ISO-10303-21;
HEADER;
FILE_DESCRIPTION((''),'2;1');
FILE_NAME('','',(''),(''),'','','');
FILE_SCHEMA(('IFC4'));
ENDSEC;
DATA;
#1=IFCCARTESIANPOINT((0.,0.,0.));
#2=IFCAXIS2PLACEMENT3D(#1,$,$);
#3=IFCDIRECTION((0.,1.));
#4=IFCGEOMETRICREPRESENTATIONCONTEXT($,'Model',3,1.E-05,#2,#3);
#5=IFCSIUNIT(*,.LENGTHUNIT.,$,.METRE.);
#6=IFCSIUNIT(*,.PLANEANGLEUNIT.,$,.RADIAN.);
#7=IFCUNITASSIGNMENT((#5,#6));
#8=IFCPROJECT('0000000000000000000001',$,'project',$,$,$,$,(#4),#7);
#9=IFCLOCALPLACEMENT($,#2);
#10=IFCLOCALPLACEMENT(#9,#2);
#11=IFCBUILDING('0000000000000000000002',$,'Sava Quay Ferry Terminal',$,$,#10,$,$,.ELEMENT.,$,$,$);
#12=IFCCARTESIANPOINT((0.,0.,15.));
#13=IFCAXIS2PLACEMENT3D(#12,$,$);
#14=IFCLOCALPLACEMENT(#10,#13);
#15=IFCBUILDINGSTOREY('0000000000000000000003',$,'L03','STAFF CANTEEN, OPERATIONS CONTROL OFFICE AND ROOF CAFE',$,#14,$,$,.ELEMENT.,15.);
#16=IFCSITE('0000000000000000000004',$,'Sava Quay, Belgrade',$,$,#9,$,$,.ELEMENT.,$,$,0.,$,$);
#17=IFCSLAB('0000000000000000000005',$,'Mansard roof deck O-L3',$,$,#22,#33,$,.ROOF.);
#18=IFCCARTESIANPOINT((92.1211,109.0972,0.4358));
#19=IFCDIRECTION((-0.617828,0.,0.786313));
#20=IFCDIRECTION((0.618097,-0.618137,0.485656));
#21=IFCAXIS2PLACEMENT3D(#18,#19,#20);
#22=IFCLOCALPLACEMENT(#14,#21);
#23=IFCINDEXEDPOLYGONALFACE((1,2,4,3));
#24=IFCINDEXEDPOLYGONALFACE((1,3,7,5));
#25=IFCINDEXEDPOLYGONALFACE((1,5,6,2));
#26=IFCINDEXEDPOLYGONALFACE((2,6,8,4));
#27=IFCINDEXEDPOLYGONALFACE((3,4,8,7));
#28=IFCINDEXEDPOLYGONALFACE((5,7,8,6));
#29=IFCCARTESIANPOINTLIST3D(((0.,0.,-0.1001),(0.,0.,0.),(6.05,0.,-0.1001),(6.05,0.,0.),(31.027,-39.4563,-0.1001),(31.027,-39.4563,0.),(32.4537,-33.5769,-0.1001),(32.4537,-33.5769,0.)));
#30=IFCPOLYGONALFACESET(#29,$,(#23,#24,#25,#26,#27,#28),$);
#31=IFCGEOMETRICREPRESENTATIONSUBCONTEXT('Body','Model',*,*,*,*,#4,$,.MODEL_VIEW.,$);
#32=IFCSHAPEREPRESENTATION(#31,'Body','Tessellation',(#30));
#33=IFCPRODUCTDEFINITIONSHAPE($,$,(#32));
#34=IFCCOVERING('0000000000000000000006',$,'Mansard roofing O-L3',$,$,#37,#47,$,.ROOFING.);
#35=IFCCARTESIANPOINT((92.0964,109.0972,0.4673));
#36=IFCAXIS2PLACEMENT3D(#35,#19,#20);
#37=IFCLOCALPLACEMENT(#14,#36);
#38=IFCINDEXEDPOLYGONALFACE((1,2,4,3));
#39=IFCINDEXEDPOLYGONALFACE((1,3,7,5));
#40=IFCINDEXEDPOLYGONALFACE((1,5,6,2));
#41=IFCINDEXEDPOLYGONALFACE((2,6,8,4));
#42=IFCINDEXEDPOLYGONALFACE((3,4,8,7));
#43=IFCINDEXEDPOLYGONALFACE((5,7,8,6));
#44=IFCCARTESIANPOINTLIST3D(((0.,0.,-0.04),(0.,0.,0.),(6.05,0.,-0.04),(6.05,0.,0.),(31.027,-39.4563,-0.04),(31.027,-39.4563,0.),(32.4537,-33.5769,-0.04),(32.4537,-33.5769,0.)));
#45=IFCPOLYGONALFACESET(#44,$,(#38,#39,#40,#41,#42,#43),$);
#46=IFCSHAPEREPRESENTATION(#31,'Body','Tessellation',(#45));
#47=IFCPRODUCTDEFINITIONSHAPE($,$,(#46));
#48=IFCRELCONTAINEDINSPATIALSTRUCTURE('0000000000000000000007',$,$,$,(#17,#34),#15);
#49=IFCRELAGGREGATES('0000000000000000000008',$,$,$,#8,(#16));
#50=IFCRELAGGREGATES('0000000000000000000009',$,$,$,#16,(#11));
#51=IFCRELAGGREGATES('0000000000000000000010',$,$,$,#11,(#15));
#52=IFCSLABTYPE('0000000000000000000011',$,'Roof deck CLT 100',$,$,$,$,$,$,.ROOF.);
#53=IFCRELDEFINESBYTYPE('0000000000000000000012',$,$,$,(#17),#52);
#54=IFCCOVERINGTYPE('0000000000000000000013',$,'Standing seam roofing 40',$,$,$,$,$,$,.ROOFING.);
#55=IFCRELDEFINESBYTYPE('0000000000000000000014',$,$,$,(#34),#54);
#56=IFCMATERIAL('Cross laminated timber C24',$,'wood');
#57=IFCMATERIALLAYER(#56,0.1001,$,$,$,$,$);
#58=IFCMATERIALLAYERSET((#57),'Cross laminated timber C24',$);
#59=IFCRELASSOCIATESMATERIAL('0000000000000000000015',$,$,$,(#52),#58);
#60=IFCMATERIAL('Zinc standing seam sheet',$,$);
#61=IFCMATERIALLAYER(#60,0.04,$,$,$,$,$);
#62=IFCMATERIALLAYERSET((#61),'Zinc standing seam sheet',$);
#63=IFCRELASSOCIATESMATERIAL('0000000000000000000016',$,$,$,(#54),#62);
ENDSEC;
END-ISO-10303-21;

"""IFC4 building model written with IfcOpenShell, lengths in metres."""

from ifc_helpers import new_model, si_unit, direction, frame, origin, place, context, subcontext, project, spatial, polyline, outline, extrude, material, layer, layer_set, type_object, element, save


model = new_model("IFC4")

# Units and contexts
model_context = context("Model", 3, precision=1e-05, world=origin(), true_north=direction((0.0, 1.0)))
body_context = subcontext(model_context, "Body", "Model", "MODEL_VIEW")
ifc_project = project(units=[si_unit("LENGTHUNIT", "METRE"), si_unit("PLANEANGLEUNIT", "RADIAN")], contexts=[model_context])

# Site, building, storey
site_placement = place(None, origin())
site = spatial("IfcSite", under=ifc_project, at=site_placement, Name="Sava Quay, Belgrade", CompositionType="ELEMENT", RefElevation=0.0)
building_placement = place(site_placement, origin())
building = spatial("IfcBuilding", under=site, at=building_placement, Name="Sava Quay Ferry Terminal", CompositionType="ELEMENT")
storey_placement = place(building_placement, frame((0.0, 0.0, 15.0)))
storey = spatial("IfcBuildingStorey", under=building, at=storey_placement, Name="L03", Description="STAFF CANTEEN, OPERATIONS CONTROL OFFICE AND ROOF CAFE", CompositionType="ELEMENT", Elevation=15.0)

# Slab
ifc_material_1 = material(Name="Cross laminated timber C24", Category="wood")
ifc_layer_1 = layer(ifc_material_1, 0.1001)
ifc_layer_set_1 = layer_set([ifc_layer_1], Name="Cross laminated timber C24")
slab_type = type_object("IfcSlabType", Name="Roof deck CLT 100", PredefinedType="ROOF", material=ifc_layer_set_1)
slab_placement = place(storey_placement, frame((92.1211, 109.0972, 0.4358), z_axis=(-0.617828, 0.0, 0.786313), x_axis=(0.618097, -0.618137, 0.485656)))
element("IfcSlab", 1, at=slab_placement, inside=storey, type_object=slab_type, Name="Mansard roof deck O-L3", PredefinedType="ROOF", context=body_context, shape_type="SweptSolid", body=[
    extrude(outline(polyline([(0.0, 0.0), (6.05, 0.0), (32.4537, -33.5769), (31.027, -39.4563), (0.0, 0.0)])), origin(), (0.0, 0.0, -1.0), 0.1001),
])

# Covering
ifc_material_2 = material(Name="Zinc standing seam sheet")
ifc_layer_2 = layer(ifc_material_2, 0.04)
ifc_layer_set_2 = layer_set([ifc_layer_2], Name="Zinc standing seam sheet")
covering_type = type_object("IfcCoveringType", Name="Standing seam roofing 40", PredefinedType="ROOFING", material=ifc_layer_set_2)
covering_placement = place(storey_placement, frame((92.0964, 109.0972, 0.4673), z_axis=(-0.617828, 0.0, 0.786313), x_axis=(0.618097, -0.618137, 0.485656)))
element("IfcCovering", 2, at=covering_placement, inside=storey, type_object=covering_type, Name="Mansard roofing O-L3", PredefinedType="ROOFING", context=body_context, shape_type="SweptSolid", body=[
    extrude(outline(polyline([(0.0, 0.0), (6.05, 0.0), (32.4537, -33.5769), (31.027, -39.4563), (0.0, 0.0)])), origin(), (0.0, 0.0, -1.0), 0.04),
])

save(model, "model.ifc")
